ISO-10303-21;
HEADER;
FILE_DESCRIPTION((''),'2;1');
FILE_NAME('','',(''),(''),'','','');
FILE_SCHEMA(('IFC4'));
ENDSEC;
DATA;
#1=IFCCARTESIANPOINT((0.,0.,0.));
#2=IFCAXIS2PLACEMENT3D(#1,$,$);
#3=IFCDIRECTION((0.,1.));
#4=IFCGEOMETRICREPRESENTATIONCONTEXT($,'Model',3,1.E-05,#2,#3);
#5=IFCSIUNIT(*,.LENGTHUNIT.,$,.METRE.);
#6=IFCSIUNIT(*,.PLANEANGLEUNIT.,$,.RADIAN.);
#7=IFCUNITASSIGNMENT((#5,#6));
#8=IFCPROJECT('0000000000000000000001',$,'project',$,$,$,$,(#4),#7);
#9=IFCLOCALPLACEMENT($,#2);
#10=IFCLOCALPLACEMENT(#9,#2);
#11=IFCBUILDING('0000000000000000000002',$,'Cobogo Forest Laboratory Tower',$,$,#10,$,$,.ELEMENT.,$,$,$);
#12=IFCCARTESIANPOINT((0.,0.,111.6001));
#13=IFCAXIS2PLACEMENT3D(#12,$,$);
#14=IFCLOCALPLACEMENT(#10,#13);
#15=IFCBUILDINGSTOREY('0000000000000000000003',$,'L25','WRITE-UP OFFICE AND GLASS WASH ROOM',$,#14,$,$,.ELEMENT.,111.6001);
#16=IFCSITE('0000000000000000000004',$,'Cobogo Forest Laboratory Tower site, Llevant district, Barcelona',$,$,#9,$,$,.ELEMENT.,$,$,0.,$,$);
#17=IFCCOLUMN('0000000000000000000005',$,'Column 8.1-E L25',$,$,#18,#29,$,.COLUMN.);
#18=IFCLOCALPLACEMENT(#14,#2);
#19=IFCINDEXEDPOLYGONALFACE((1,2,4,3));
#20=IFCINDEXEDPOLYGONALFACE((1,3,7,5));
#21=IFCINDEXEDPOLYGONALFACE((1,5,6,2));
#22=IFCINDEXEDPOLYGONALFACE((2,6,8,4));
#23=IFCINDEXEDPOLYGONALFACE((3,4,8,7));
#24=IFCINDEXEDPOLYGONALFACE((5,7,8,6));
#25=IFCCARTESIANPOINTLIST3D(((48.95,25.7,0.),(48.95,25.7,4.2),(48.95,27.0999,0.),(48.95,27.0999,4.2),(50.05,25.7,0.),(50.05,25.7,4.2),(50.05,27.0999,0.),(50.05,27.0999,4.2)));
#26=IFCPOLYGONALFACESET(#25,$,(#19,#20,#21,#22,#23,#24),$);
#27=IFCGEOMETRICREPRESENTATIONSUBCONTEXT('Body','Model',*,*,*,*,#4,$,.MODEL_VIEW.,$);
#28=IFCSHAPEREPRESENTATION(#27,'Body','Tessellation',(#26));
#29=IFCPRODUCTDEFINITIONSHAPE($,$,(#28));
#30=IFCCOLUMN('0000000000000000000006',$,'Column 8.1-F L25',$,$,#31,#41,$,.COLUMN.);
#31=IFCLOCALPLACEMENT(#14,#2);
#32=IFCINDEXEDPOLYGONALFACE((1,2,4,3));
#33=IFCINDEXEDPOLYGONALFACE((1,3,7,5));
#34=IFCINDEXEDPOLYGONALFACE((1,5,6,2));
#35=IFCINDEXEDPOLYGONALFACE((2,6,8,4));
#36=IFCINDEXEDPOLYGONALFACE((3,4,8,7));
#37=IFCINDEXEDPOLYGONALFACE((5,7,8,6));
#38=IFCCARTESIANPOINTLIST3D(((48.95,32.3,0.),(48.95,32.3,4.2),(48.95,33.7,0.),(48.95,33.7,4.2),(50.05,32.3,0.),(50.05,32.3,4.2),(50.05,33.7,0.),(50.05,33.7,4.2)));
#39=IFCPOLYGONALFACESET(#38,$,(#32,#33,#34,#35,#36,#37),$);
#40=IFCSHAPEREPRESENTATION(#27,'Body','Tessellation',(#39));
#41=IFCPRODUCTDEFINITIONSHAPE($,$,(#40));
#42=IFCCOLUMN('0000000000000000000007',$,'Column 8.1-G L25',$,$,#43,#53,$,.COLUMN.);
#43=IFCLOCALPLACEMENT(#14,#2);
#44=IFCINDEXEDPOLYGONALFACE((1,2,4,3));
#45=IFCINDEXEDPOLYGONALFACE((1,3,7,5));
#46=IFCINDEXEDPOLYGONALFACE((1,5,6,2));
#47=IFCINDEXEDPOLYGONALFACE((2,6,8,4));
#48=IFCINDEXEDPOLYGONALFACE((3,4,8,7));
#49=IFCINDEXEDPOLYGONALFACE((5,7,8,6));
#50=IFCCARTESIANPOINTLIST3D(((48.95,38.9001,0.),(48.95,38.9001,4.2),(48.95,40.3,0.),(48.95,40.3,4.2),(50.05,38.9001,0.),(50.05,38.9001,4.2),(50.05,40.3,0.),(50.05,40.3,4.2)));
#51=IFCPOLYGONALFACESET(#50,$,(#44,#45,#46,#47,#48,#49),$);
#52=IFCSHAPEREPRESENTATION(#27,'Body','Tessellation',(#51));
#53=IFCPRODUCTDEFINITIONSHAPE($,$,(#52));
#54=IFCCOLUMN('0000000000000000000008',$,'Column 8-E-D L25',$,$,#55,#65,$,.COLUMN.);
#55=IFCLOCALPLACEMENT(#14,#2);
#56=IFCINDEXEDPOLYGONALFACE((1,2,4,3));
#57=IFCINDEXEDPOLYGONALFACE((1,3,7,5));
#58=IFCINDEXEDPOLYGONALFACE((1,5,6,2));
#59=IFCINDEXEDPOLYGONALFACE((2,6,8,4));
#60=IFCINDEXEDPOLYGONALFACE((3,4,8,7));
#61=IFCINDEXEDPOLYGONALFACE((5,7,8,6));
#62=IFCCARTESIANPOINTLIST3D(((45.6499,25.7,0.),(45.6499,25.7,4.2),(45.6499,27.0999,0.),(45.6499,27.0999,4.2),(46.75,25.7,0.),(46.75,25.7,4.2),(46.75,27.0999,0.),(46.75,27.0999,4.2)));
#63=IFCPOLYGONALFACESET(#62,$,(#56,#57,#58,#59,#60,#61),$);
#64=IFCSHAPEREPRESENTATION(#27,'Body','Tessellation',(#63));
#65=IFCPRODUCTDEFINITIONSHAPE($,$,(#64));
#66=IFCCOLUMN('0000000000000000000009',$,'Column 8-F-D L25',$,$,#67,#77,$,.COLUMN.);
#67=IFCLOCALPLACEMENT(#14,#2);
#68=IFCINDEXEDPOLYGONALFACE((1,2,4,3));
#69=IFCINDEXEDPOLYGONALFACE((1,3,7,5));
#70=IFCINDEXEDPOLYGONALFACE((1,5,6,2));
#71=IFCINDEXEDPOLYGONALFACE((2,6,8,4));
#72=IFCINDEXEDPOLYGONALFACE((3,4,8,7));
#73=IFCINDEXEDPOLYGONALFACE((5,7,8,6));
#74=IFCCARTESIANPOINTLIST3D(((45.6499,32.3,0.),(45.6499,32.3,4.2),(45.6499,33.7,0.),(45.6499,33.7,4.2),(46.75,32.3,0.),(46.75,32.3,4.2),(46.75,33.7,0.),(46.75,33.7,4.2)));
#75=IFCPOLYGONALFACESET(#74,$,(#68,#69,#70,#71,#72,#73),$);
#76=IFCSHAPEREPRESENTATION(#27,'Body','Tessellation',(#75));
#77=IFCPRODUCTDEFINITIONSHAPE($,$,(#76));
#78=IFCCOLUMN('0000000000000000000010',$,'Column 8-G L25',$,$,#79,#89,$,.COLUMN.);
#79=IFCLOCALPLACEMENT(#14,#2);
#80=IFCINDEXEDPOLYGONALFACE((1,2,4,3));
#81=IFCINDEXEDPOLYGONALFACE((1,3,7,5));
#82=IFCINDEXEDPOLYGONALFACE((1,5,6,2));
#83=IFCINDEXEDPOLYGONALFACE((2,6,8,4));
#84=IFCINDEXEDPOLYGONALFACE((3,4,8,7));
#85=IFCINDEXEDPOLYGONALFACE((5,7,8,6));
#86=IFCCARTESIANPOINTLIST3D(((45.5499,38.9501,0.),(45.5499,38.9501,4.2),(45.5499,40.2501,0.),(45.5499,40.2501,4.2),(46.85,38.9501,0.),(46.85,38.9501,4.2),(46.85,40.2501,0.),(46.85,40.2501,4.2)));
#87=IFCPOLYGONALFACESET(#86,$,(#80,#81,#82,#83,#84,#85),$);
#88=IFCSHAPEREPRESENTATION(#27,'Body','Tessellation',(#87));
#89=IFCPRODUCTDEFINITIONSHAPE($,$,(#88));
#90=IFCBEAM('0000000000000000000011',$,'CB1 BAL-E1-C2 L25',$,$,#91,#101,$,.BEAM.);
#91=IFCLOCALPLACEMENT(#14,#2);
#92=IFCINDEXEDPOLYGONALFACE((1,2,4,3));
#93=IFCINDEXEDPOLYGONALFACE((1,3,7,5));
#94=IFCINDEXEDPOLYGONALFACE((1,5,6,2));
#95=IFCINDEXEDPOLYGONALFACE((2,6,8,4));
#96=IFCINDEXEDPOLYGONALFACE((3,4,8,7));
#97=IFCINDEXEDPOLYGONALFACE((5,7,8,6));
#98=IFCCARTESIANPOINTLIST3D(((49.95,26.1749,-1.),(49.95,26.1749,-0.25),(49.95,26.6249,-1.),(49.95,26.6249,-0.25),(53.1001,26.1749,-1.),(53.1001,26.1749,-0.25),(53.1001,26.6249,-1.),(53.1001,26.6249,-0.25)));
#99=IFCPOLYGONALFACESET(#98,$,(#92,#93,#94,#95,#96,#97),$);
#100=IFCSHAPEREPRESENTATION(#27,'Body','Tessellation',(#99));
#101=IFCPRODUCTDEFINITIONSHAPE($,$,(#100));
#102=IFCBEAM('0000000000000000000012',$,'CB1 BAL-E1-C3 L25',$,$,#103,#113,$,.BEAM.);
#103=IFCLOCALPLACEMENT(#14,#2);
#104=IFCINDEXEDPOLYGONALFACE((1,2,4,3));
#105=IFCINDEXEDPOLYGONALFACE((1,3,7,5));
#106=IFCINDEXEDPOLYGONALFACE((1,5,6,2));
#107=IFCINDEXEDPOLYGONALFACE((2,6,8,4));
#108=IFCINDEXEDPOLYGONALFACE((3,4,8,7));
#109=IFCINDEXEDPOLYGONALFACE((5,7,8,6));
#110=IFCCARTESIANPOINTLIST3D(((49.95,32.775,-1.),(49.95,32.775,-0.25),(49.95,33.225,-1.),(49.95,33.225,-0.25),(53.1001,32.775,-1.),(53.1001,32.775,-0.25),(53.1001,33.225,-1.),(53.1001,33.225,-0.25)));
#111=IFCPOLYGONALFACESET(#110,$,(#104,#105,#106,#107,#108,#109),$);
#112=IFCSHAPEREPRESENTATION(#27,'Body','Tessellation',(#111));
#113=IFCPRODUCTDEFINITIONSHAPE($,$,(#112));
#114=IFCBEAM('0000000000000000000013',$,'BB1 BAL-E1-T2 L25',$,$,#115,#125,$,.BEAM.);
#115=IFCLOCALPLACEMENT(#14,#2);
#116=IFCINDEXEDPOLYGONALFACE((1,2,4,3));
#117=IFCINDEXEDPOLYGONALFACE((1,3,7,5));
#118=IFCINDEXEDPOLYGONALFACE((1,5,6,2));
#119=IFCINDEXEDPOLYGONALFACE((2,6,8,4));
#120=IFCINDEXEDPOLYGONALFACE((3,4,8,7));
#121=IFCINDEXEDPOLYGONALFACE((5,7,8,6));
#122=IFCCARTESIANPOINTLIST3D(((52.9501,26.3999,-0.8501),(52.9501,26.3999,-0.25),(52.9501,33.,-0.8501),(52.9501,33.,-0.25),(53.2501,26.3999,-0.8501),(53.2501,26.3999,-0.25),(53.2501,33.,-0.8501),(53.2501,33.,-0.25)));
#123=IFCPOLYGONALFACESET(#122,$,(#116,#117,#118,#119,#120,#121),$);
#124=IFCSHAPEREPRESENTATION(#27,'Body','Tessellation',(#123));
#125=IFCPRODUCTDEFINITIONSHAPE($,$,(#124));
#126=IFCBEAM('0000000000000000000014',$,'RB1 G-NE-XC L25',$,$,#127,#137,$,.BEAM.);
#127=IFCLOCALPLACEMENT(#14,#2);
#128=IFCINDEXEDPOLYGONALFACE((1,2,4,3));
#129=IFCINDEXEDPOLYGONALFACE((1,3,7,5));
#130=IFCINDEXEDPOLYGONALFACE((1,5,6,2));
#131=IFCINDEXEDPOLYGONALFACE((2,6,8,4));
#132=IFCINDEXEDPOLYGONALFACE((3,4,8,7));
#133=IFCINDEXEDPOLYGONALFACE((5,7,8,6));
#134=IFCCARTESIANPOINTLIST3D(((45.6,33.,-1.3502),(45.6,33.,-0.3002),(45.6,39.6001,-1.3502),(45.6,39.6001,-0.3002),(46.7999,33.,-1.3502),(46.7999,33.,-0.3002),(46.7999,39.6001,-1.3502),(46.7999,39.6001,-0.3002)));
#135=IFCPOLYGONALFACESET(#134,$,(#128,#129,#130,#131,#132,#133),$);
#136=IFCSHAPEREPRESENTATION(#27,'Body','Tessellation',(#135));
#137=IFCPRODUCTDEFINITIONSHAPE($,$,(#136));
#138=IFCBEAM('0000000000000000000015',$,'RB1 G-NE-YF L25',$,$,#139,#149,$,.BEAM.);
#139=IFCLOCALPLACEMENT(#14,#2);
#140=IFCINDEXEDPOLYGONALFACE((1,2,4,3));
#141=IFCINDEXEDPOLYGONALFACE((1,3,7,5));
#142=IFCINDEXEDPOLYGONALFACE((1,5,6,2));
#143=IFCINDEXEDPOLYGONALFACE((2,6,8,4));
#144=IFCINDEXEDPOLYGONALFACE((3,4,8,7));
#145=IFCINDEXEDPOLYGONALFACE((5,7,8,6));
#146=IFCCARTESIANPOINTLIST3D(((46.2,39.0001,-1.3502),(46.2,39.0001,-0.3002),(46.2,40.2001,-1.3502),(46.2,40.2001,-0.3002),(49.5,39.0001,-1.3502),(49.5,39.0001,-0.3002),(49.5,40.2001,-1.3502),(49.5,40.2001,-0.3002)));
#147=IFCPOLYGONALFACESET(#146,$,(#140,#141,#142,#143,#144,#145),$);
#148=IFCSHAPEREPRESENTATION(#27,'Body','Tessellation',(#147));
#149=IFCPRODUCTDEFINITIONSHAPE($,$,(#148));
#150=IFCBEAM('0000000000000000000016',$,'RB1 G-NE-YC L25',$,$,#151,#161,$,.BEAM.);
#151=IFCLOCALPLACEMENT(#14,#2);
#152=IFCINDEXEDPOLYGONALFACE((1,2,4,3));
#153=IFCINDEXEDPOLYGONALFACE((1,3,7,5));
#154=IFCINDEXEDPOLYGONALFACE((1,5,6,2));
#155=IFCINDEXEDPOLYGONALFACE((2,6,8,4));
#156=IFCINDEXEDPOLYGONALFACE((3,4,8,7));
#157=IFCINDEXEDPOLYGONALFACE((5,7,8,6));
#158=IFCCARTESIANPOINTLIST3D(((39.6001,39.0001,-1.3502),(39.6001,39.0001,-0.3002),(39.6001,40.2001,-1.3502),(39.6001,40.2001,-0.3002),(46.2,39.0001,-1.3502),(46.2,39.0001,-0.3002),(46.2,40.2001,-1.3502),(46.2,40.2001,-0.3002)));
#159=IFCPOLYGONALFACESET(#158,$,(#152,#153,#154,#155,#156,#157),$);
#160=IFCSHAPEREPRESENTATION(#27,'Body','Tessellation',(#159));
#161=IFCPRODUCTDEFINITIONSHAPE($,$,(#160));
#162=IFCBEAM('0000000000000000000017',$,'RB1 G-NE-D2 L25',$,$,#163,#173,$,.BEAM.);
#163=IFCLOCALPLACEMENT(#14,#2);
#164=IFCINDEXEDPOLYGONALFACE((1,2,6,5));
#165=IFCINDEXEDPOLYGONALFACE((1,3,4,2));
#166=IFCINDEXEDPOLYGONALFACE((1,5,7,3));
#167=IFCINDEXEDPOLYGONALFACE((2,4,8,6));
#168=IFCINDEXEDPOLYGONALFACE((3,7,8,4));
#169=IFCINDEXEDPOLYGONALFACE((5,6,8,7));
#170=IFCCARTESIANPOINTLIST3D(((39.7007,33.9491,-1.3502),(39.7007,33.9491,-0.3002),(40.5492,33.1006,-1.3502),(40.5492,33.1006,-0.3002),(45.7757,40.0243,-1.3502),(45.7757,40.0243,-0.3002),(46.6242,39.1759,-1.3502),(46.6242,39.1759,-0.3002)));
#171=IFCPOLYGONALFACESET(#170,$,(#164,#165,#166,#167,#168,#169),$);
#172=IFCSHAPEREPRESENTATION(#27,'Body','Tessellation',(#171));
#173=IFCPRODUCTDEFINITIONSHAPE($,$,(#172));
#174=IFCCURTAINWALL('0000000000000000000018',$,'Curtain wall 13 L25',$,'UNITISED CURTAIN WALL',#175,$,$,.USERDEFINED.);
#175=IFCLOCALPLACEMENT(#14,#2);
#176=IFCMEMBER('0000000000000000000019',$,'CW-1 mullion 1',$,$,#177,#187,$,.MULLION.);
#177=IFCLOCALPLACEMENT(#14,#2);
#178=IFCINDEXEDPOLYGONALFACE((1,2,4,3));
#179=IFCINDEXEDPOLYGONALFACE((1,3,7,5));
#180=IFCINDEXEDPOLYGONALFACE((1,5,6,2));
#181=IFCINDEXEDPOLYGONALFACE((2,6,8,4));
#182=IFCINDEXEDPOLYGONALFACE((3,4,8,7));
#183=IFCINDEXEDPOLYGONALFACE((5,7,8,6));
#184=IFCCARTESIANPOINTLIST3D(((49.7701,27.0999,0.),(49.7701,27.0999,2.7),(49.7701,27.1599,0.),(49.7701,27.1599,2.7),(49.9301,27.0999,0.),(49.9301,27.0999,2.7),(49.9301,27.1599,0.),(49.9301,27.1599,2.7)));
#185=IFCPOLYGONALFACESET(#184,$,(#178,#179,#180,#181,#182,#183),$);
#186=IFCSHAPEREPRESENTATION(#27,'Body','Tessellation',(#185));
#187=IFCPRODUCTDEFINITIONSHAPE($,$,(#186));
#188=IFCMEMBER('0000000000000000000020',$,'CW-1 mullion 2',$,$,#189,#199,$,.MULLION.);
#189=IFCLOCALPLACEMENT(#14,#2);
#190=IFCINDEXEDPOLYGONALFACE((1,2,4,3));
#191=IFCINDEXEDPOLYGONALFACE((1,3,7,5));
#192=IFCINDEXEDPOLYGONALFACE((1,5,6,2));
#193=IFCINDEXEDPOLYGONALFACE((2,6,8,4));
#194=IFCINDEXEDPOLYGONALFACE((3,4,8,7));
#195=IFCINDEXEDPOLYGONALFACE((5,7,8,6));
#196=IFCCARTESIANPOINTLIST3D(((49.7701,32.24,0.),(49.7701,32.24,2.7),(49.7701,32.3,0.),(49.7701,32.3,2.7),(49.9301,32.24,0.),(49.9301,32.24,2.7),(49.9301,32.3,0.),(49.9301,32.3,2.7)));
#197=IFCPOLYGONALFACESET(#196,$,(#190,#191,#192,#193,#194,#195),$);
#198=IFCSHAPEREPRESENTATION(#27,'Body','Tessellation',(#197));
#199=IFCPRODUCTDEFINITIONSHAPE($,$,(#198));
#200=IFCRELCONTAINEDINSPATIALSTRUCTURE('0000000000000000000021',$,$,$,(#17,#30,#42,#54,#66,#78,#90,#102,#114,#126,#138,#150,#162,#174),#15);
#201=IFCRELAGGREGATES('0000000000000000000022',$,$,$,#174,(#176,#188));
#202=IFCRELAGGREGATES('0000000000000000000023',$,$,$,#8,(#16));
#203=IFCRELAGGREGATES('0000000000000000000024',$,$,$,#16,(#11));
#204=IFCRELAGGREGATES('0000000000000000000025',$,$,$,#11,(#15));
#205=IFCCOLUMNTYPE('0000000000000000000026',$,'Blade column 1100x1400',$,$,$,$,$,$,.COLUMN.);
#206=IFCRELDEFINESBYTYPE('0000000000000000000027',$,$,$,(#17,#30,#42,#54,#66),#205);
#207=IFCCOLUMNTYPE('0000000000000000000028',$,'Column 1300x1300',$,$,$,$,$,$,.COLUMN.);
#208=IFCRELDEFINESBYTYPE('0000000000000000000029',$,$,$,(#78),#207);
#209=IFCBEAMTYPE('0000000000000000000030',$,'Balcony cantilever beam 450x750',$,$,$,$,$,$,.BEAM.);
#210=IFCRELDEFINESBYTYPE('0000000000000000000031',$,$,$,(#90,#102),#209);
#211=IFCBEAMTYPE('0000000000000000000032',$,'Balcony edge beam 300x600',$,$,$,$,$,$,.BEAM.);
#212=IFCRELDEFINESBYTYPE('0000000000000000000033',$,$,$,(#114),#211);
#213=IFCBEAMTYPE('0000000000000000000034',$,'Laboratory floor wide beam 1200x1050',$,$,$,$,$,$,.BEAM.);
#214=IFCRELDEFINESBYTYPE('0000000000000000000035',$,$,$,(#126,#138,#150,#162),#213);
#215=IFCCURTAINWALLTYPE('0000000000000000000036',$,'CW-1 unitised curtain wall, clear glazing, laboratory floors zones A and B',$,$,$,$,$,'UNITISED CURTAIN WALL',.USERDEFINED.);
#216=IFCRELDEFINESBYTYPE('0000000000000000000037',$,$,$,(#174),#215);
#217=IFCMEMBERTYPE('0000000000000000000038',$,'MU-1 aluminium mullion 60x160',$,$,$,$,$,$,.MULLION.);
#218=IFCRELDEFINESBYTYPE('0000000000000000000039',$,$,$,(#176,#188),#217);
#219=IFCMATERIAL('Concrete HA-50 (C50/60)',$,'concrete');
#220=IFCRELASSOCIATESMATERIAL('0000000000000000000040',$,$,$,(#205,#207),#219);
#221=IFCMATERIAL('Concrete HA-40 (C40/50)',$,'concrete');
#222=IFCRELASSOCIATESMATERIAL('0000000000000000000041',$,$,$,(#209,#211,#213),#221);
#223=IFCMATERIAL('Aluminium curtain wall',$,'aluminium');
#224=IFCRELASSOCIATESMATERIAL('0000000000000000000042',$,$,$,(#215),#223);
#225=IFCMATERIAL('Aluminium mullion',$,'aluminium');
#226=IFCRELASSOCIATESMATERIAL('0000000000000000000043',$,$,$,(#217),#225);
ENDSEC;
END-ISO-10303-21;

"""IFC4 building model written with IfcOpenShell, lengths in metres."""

from ifc_helpers import new_model, si_unit, direction, frame, origin, origin_2d, place, context, subcontext, project, spatial, rectangle, extrude, material, material_profile, profile_set, type_object, element, aggregate, save


model = new_model("IFC4")

# Units and contexts
model_context = context("Model", 3, precision=1e-05, world=origin(), true_north=direction((0.0, 1.0)))
body_context = subcontext(model_context, "Body", "Model", "MODEL_VIEW")
ifc_project = project(units=[si_unit("LENGTHUNIT", "METRE"), si_unit("PLANEANGLEUNIT", "RADIAN")], contexts=[model_context])

# Site, building, storey
site_placement = place(None, origin())
site = spatial("IfcSite", under=ifc_project, at=site_placement, Name="Cobogo Forest Laboratory Tower site, Llevant district, Barcelona", CompositionType="ELEMENT", RefElevation=0.0)
building_placement = place(site_placement, origin())
building = spatial("IfcBuilding", under=site, at=building_placement, Name="Cobogo Forest Laboratory Tower", CompositionType="ELEMENT")
storey_placement = place(building_placement, frame((0.0, 0.0, 111.6001)))
storey = spatial("IfcBuildingStorey", under=building, at=storey_placement, Name="L25", Description="WRITE-UP OFFICE AND GLASS WASH ROOM", CompositionType="ELEMENT", Elevation=111.6001)

# Columns
ifc_material_1 = material(Name="Concrete HA-50 (C50/60)", Category="concrete")
ifc_material_profile_1 = material_profile(ifc_material_1, rectangle(XDim=1.3999, YDim=1.1001, at=origin_2d()), Name="RC 1100x1400")
ifc_profile_set_1 = profile_set([ifc_material_profile_1], Name="Concrete HA-50 (C50/60)")
column_type_1 = type_object("IfcColumnType", Name="Blade column 1100x1400", PredefinedType="COLUMN", material=ifc_profile_set_1)
for number, where, z_axis, x_axis, name in (
    (1, (49.5, 26.3999, 0.0), (0.0, 0.0, 1.0), (0.0, 1.0, 0.0), "Column 8.1-E L25"),
    (2, (49.5, 33.0, 0.0), (0.0, 0.0, 1.0), (0.0, 1.0, 0.0), "Column 8.1-F L25"),
    (3, (49.5, 39.6001, 0.0), (0.0, 0.0, 1.0), (0.0, 1.0, 0.0), "Column 8.1-G L25"),
    (4, (46.2, 26.3999, 0.0), (0.0, 0.0, 1.0), (0.0, 1.0, 0.0), "Column 8-E-D L25"),
    (5, (46.2, 33.0, 0.0), (0.0, 0.0, 1.0), (0.0, 1.0, 0.0), "Column 8-F-D L25"),
):
    element("IfcColumn", number, at=place(storey_placement, frame(where, z_axis=z_axis, x_axis=x_axis)), inside=storey, type_object=column_type_1, Name=name, PredefinedType="COLUMN", context=body_context, shape_type="SweptSolid", body=[
        extrude(rectangle(XDim=1.3999, YDim=1.1001, at=origin_2d()), origin(), (0.0, 0.0, 1.0), 4.2),
    ])
ifc_material_profile_2 = material_profile(ifc_material_1, rectangle(XDim=1.3, YDim=1.3, at=origin_2d()), Name="RC 1300x1300")
ifc_profile_set_2 = profile_set([ifc_material_profile_2], Name="Concrete HA-50 (C50/60)")
column_type_2 = type_object("IfcColumnType", Name="Column 1300x1300", PredefinedType="COLUMN", material=ifc_profile_set_2)
column_placement = place(storey_placement, frame((46.2, 39.6001, 0.0), z_axis=(0.0, 0.0, 1.0), x_axis=(1.0, 0.0, 0.0)))
element("IfcColumn", 6, at=column_placement, inside=storey, type_object=column_type_2, Name="Column 8-G L25", PredefinedType="COLUMN", context=body_context, shape_type="SweptSolid", body=[
    extrude(rectangle(XDim=1.3, YDim=1.3, at=origin_2d()), origin(), (0.0, 0.0, 1.0), 4.2),
])

# Beams
ifc_material_2 = material(Name="Concrete HA-40 (C40/50)", Category="concrete")
ifc_material_profile_3 = material_profile(ifc_material_2, rectangle(XDim=0.45, YDim=0.75, at=origin_2d()), Name="RC 450x750")
ifc_profile_set_3 = profile_set([ifc_material_profile_3], Name="Concrete HA-40 (C40/50)")
beam_type_1 = type_object("IfcBeamType", Name="Balcony cantilever beam 450x750", PredefinedType="BEAM", material=ifc_profile_set_3)
for number, where, z_axis, x_axis, name in (
    (7, (49.95, 26.3999, -0.625), (1.0, 0.0, 0.0), (0.0, 1.0, 0.0), "CB1 BAL-E1-C2 L25"),
    (8, (49.95, 33.0, -0.625), (1.0, 0.0, 0.0), (0.0, 1.0, 0.0), "CB1 BAL-E1-C3 L25"),
):
    element("IfcBeam", number, at=place(storey_placement, frame(where, z_axis=z_axis, x_axis=x_axis)), inside=storey, type_object=beam_type_1, Name=name, PredefinedType="BEAM", context=body_context, shape_type="SweptSolid", body=[
        extrude(rectangle(XDim=0.45, YDim=0.75, at=origin_2d()), origin(), (0.0, 0.0, 1.0), 3.1501),
    ])
ifc_material_profile_4 = material_profile(ifc_material_2, rectangle(XDim=0.3, YDim=0.6001, at=origin_2d()), Name="RC 300x600")
ifc_profile_set_4 = profile_set([ifc_material_profile_4], Name="Concrete HA-40 (C40/50)")
beam_type_2 = type_object("IfcBeamType", Name="Balcony edge beam 300x600", PredefinedType="BEAM", material=ifc_profile_set_4)
beam_1_placement = place(storey_placement, frame((53.1001, 26.3999, -0.55), z_axis=(0.0, 1.0, 0.0), x_axis=(-1.0, 0.0, 0.0)))
element("IfcBeam", 9, at=beam_1_placement, inside=storey, type_object=beam_type_2, Name="BB1 BAL-E1-T2 L25", PredefinedType="BEAM", context=body_context, shape_type="SweptSolid", body=[
    extrude(rectangle(XDim=0.3, YDim=0.6001, at=origin_2d()), origin(), (0.0, 0.0, 1.0), 6.6001),
])
ifc_material_profile_5 = material_profile(ifc_material_2, rectangle(XDim=1.2, YDim=1.05, at=origin_2d()), Name="RC 1200x1050")
ifc_profile_set_5 = profile_set([ifc_material_profile_5], Name="Concrete HA-40 (C40/50)")
beam_type_3 = type_object("IfcBeamType", Name="Laboratory floor wide beam 1200x1050", PredefinedType="BEAM", material=ifc_profile_set_5)
beam_2_placement = place(storey_placement, frame((46.2, 39.6001, -0.8252), z_axis=(0.0, -1.0, 0.0), x_axis=(1.0, 0.0, 0.0)))
element("IfcBeam", 10, at=beam_2_placement, inside=storey, type_object=beam_type_3, Name="RB1 G-NE-XC L25", PredefinedType="BEAM", context=body_context, shape_type="SweptSolid", body=[
    extrude(rectangle(XDim=1.2, YDim=1.05, at=origin_2d()), origin(), (0.0, 0.0, 1.0), 6.6001),
])
beam_3_placement = place(storey_placement, frame((49.5, 39.6001, -0.8252), z_axis=(-1.0, 0.0, 0.0), x_axis=(0.0, -1.0, 0.0)))
element("IfcBeam", 11, at=beam_3_placement, inside=storey, type_object=beam_type_3, Name="RB1 G-NE-YF L25", PredefinedType="BEAM", context=body_context, shape_type="SweptSolid", body=[
    extrude(rectangle(XDim=1.2, YDim=1.05, at=origin_2d()), origin(), (0.0, 0.0, 1.0), 3.3),
])
beam_4_placement = place(storey_placement, frame((46.2, 39.6001, -0.8252), z_axis=(-1.0, 0.0, 0.0), x_axis=(0.0, -1.0, 0.0)))
element("IfcBeam", 12, at=beam_4_placement, inside=storey, type_object=beam_type_3, Name="RB1 G-NE-YC L25", PredefinedType="BEAM", context=body_context, shape_type="SweptSolid", body=[
    extrude(rectangle(XDim=1.2, YDim=1.05, at=origin_2d()), origin(), (0.0, 0.0, 1.0), 6.5999),
])
beam_5_placement = place(storey_placement, frame((46.2, 39.6001, -0.8252), z_axis=(-0.707093, -0.707121, 0.0), x_axis=(0.707121, -0.707093, 0.0)))
element("IfcBeam", 13, at=beam_5_placement, inside=storey, type_object=beam_type_3, Name="RB1 G-NE-D2 L25", PredefinedType="BEAM", context=body_context, shape_type="SweptSolid", body=[
    extrude(rectangle(XDim=1.2, YDim=1.05, at=origin_2d()), origin(), (0.0, 0.0, 1.0), 8.5916),
])

# Curtain wall, members
ifc_material_3 = material(Name="Aluminium curtain wall", Category="aluminium")
curtain_wall_type = type_object("IfcCurtainWallType", Name="CW-1 unitised curtain wall, clear glazing, laboratory floors zones A and B", ElementType="UNITISED CURTAIN WALL", PredefinedType="USERDEFINED", material=ifc_material_3)
curtain_wall_1_placement = place(storey_placement, origin())
curtain_wall_1 = element("IfcCurtainWall", 14, at=curtain_wall_1_placement, inside=storey, type_object=curtain_wall_type, Name="Curtain wall 13 L25", ObjectType="UNITISED CURTAIN WALL", PredefinedType="USERDEFINED")
ifc_material_4 = material(Name="Aluminium mullion", Category="aluminium")
ifc_material_profile_6 = material_profile(ifc_material_4, rectangle(XDim=0.0601, YDim=0.1599, at=origin_2d()), Name="AL 60x160")
ifc_profile_set_6 = profile_set([ifc_material_profile_6], Name="Aluminium mullion")
member_type_1 = type_object("IfcMemberType", Name="MU-1 aluminium mullion 60x160", PredefinedType="MULLION", material=ifc_profile_set_6)
member_1_placement = place(storey_placement, frame((49.8501, 27.1299, 0.0), z_axis=(0.0, 0.0, 1.0), x_axis=(0.0, 1.0, 0.0)))
member_1 = element("IfcMember", 15, at=member_1_placement, type_object=member_type_1, Name="CW-1 mullion 1", PredefinedType="MULLION", context=body_context, shape_type="SweptSolid", body=[
    extrude(rectangle(XDim=0.0601, YDim=0.1599, at=origin_2d()), origin(), (0.0, 0.0, 1.0), 2.7),
])
member_2_placement = place(storey_placement, frame((49.8501, 32.27, 0.0), z_axis=(0.0, 0.0, 1.0), x_axis=(0.0, 1.0, 0.0)))
member_2 = element("IfcMember", 16, at=member_2_placement, type_object=member_type_1, Name="CW-1 mullion 2", PredefinedType="MULLION", context=body_context, shape_type="SweptSolid", body=[
    extrude(rectangle(XDim=0.0601, YDim=0.1599, at=origin_2d()), origin(), (0.0, 0.0, 1.0), 2.7),
])

aggregate(curtain_wall_1, [member_1, member_2])

save(model, "model.ifc")
